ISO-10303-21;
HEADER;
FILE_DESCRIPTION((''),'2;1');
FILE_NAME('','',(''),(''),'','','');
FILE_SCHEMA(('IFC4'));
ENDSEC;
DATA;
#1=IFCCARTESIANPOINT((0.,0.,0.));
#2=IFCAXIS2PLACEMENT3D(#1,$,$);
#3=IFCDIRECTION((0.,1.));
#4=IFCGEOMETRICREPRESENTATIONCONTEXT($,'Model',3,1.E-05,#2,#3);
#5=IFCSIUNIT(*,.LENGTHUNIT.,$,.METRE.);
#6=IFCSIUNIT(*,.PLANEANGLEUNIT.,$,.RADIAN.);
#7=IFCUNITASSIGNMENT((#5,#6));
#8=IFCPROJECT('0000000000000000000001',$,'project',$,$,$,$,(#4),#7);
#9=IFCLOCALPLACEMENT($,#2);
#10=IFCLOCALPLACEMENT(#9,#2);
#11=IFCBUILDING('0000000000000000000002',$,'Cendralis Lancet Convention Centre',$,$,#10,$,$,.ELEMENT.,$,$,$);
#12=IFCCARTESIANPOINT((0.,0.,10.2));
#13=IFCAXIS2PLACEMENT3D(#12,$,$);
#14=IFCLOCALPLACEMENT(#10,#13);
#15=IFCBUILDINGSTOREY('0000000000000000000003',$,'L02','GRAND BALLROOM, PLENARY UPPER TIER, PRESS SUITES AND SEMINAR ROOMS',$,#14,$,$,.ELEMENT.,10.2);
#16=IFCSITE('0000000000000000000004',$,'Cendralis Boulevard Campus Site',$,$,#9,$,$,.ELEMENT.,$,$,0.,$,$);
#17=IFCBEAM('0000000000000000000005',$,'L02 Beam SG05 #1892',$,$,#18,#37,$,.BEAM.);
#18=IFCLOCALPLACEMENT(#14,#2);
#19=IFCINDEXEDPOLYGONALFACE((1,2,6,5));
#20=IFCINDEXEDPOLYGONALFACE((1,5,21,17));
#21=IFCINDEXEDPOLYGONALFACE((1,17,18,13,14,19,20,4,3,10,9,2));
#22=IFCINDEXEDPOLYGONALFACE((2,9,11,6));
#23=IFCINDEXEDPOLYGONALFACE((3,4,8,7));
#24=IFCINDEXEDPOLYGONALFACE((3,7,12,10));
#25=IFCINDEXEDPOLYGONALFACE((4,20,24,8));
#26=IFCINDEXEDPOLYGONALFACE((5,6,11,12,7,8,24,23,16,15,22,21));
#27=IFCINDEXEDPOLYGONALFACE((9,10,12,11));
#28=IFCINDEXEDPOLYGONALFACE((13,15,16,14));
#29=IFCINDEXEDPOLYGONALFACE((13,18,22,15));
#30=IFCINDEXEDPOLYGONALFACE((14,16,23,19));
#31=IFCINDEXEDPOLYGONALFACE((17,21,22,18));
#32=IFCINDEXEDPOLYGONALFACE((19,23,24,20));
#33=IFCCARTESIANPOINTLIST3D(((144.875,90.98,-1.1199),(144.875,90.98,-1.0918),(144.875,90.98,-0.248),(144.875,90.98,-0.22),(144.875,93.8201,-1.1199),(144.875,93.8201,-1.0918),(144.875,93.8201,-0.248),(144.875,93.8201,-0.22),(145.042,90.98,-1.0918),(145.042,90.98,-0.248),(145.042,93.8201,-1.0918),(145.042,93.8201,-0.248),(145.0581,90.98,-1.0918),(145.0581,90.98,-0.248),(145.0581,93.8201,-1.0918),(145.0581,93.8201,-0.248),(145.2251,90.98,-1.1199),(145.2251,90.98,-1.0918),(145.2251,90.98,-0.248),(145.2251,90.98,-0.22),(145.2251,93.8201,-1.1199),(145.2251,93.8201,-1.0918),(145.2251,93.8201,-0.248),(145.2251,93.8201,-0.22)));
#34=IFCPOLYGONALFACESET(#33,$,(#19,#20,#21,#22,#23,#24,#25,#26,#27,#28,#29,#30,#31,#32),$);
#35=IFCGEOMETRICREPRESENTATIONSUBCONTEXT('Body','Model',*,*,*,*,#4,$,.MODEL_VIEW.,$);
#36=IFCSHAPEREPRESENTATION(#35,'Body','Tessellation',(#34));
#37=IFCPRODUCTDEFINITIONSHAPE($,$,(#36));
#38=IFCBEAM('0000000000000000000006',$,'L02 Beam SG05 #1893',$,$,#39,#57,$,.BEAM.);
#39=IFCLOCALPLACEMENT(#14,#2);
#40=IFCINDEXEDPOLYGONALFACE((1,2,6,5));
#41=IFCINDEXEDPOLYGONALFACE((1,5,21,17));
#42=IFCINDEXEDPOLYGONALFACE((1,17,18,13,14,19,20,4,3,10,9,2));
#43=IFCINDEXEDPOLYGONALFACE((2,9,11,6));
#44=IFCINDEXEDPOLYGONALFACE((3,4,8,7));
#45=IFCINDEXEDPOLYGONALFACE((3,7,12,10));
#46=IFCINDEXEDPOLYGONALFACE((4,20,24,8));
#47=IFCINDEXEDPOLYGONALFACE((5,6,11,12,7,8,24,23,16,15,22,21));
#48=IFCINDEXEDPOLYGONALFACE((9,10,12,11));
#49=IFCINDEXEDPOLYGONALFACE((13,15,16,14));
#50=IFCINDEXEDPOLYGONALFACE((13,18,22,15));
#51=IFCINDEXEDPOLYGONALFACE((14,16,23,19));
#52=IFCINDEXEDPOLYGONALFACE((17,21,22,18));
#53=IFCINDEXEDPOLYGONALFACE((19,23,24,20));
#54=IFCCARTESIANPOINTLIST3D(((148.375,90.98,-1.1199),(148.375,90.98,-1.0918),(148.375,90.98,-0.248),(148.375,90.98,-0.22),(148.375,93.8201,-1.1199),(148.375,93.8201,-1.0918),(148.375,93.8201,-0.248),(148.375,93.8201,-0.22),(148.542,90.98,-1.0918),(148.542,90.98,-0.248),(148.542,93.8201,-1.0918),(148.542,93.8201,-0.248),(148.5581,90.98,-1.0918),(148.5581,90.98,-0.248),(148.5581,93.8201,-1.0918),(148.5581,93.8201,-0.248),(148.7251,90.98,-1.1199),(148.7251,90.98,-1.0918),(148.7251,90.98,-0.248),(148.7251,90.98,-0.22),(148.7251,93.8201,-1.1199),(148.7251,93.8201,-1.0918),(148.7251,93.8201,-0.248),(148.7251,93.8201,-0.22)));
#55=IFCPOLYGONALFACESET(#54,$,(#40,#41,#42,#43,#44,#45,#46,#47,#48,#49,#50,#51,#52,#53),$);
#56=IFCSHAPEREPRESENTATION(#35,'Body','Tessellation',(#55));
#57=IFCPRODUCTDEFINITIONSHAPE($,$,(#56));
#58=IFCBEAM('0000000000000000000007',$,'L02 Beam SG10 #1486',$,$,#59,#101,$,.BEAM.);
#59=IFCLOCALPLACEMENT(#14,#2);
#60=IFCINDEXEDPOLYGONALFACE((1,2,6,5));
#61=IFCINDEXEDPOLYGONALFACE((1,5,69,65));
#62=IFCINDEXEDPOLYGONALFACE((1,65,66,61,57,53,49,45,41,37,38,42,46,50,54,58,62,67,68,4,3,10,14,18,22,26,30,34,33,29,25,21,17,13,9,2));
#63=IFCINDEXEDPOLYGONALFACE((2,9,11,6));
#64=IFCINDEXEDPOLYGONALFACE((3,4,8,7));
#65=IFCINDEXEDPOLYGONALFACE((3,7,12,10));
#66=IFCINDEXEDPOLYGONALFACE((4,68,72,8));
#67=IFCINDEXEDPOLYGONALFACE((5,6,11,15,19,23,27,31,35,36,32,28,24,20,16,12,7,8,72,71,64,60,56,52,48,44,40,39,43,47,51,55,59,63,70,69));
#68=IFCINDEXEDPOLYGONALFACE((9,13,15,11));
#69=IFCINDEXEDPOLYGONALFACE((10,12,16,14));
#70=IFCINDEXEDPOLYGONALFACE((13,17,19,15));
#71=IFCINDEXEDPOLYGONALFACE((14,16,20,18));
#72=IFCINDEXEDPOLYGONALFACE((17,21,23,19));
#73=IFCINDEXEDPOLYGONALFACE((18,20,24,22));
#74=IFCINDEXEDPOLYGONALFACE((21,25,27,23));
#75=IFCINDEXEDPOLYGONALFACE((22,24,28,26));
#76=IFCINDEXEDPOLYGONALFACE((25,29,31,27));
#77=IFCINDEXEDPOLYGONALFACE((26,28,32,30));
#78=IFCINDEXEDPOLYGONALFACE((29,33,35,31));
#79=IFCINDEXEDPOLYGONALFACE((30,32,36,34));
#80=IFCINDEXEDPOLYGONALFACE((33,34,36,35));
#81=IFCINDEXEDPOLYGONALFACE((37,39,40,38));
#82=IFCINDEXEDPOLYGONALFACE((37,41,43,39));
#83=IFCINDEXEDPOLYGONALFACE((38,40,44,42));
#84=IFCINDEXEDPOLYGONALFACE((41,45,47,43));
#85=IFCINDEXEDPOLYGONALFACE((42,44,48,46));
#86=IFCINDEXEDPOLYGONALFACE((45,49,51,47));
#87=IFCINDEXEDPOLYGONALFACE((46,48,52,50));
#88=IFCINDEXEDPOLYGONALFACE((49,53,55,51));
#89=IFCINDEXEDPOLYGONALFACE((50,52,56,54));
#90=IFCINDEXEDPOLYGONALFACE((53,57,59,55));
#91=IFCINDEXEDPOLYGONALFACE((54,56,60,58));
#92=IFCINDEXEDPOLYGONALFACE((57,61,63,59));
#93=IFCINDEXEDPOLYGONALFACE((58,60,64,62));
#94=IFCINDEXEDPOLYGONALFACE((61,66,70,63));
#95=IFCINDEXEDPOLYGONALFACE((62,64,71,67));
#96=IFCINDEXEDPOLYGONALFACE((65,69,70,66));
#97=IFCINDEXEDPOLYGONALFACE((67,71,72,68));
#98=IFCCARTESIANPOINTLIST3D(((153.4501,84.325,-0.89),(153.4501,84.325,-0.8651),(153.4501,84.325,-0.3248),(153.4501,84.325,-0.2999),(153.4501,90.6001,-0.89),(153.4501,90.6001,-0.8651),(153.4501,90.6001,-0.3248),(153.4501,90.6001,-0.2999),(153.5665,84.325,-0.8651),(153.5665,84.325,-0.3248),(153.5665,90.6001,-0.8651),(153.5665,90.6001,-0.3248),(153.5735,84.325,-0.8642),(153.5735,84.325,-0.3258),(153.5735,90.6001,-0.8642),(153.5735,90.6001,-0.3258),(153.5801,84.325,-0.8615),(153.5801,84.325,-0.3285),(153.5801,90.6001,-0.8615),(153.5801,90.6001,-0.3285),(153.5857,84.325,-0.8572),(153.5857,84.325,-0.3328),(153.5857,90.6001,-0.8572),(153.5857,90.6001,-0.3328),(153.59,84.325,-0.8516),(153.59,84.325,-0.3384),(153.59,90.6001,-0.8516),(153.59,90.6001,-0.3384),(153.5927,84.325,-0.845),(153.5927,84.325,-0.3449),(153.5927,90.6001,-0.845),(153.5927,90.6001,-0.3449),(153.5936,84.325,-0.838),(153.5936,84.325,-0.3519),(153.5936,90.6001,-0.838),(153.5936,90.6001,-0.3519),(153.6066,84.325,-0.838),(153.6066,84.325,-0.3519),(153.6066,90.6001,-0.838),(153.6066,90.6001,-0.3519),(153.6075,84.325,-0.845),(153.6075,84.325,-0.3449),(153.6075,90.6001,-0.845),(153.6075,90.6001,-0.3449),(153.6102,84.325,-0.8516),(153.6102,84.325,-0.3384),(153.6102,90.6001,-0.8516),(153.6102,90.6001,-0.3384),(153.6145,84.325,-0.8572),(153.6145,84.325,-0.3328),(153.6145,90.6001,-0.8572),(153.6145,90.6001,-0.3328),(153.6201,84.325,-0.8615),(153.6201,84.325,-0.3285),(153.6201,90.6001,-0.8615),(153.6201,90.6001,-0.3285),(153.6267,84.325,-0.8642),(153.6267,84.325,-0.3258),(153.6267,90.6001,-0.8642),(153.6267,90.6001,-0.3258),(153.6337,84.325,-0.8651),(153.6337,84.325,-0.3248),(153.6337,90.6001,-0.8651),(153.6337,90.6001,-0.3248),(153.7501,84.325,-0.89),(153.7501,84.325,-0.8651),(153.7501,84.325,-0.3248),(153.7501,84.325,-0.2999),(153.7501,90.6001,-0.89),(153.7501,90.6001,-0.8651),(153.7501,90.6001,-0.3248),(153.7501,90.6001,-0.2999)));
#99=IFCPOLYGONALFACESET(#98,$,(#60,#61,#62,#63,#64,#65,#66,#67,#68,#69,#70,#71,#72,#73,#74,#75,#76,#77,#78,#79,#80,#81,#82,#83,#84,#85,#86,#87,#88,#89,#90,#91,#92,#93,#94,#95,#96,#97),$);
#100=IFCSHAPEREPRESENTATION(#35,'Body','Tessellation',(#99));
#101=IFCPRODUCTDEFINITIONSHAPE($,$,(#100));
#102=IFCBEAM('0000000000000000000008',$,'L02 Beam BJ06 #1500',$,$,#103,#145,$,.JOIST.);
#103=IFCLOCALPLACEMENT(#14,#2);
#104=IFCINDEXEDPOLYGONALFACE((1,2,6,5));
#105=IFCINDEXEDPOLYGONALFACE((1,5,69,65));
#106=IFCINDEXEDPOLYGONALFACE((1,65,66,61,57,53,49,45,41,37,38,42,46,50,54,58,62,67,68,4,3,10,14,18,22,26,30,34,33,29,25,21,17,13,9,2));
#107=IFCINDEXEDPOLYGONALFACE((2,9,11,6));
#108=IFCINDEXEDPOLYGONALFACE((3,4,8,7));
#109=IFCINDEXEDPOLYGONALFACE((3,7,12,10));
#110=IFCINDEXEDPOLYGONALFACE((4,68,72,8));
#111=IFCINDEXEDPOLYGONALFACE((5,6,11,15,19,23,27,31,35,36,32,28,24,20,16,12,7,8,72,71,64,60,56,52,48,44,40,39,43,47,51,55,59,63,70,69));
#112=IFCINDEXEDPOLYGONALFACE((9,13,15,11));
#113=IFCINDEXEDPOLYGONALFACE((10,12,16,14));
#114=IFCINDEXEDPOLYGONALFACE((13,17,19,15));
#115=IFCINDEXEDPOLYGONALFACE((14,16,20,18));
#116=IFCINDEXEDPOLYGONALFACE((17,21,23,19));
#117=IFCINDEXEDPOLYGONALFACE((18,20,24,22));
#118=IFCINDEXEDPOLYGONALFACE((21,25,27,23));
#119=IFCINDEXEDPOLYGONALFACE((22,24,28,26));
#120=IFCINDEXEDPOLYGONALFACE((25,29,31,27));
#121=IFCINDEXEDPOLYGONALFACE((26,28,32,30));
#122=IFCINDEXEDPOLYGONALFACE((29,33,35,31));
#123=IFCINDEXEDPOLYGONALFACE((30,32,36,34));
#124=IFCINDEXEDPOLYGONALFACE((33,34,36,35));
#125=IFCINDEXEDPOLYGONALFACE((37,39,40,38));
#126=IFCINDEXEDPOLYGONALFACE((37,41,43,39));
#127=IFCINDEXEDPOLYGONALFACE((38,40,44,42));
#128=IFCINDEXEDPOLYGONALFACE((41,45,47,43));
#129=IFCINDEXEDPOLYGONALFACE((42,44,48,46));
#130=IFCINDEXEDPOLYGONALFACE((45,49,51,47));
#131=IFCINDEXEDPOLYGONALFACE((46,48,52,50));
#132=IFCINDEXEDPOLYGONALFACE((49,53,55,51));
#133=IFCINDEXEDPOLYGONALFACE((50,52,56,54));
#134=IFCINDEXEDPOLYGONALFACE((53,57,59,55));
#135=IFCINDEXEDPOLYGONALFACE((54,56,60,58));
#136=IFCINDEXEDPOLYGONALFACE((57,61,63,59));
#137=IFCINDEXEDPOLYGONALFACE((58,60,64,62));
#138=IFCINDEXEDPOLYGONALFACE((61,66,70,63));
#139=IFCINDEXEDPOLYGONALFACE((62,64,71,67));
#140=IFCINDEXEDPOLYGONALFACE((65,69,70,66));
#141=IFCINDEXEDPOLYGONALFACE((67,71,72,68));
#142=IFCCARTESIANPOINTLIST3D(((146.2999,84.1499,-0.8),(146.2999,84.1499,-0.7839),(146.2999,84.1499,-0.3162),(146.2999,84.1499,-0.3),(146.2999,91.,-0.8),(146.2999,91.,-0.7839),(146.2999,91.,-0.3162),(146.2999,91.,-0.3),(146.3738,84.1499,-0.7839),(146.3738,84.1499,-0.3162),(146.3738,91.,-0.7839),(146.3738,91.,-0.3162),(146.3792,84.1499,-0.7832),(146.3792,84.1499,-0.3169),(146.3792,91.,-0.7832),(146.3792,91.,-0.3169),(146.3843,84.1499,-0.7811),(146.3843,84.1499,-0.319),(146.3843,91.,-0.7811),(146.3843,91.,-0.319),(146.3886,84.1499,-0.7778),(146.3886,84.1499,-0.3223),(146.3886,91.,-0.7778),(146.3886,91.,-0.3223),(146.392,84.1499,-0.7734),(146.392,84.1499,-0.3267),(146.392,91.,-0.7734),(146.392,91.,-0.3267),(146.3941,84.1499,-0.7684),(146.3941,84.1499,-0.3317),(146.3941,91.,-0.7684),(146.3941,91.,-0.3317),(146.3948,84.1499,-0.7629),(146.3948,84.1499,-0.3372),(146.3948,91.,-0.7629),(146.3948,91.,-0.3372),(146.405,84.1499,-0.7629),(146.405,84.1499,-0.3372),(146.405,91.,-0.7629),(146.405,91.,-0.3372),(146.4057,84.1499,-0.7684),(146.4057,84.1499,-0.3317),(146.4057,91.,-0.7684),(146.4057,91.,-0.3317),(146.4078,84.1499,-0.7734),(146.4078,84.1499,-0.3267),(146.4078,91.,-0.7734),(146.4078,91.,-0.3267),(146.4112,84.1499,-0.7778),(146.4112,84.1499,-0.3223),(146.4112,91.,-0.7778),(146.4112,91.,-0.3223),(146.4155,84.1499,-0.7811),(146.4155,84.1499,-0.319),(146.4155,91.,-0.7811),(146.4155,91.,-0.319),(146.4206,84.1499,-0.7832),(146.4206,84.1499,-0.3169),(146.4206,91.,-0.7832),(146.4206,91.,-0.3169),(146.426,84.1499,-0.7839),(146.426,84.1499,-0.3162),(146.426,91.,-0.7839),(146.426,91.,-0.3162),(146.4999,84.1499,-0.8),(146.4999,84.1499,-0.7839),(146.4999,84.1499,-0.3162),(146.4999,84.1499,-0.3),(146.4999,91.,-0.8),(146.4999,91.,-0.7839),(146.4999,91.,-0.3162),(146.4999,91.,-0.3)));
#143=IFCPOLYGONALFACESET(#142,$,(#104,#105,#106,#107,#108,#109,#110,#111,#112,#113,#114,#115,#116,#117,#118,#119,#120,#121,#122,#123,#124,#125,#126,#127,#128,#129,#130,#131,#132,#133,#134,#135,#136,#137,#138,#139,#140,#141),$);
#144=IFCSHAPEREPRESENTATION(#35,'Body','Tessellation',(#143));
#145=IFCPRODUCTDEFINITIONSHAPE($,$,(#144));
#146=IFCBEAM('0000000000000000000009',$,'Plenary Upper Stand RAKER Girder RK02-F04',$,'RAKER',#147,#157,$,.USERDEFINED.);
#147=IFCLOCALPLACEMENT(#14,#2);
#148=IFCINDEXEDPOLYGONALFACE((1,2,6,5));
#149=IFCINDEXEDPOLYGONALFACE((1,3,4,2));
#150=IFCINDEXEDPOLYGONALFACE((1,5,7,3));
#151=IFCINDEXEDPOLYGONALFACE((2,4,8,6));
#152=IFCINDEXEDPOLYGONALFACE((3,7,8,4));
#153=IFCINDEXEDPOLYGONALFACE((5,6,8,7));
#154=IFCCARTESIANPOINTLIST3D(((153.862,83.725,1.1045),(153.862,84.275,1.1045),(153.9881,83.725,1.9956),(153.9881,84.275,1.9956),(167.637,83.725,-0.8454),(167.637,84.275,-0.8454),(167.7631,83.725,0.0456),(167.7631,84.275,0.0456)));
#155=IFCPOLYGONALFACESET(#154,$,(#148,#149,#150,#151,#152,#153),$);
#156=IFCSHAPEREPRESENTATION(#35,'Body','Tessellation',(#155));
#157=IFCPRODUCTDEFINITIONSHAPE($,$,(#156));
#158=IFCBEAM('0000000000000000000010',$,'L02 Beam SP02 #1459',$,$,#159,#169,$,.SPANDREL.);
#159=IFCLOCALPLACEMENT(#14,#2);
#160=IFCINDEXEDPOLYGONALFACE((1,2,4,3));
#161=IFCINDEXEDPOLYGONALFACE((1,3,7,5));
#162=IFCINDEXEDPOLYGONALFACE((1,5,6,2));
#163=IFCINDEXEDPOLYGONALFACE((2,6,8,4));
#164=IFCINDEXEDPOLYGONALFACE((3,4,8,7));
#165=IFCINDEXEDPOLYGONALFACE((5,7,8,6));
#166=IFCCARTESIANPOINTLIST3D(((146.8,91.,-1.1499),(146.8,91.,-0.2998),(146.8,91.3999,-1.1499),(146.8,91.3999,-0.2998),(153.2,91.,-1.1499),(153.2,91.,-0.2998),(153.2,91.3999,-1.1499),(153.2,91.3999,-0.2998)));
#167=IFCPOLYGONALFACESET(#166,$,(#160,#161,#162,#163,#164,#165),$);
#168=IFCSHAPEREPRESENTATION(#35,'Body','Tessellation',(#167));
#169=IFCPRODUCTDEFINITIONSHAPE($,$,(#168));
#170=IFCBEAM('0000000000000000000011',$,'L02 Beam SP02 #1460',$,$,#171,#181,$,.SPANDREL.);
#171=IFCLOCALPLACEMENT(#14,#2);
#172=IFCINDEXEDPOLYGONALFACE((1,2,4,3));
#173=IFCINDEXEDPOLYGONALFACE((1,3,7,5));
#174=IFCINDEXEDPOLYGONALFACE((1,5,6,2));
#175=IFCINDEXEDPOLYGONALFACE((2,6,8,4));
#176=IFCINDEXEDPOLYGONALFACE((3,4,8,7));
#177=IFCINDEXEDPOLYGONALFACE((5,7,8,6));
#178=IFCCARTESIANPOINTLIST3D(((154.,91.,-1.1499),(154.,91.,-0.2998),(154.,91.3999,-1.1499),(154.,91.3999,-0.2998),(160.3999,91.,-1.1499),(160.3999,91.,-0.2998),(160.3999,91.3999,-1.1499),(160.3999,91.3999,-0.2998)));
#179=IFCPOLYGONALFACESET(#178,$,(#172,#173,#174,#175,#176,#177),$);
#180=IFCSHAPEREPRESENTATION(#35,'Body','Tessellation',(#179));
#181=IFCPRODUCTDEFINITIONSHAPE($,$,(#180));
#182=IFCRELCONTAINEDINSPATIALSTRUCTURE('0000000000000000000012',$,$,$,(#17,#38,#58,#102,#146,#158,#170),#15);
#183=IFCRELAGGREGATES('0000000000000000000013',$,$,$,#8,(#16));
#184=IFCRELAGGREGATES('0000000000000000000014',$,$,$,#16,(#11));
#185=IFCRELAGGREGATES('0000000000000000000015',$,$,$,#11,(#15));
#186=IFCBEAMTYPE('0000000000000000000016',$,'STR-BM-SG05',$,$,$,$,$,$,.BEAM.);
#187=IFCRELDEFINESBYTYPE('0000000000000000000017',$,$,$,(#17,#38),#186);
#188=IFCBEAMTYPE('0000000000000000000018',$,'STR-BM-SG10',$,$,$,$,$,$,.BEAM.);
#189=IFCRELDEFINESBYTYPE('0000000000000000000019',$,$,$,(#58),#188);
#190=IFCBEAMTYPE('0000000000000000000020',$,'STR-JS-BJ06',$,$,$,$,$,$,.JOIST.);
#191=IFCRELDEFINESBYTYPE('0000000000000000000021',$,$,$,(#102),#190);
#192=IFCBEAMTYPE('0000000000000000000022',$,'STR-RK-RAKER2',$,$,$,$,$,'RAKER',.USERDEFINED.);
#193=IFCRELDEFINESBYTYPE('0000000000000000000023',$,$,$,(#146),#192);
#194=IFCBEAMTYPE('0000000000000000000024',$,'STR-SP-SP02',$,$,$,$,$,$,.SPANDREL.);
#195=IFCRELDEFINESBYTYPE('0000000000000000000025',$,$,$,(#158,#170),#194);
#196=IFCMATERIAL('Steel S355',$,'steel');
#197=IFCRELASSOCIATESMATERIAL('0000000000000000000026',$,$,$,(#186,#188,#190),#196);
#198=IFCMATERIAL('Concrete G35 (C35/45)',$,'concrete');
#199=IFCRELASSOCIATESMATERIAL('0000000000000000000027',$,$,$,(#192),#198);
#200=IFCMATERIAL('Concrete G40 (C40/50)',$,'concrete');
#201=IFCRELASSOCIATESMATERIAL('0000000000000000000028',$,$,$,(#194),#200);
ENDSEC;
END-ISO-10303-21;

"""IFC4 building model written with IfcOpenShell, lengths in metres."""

from ifc_helpers import new_model, si_unit, direction, frame, origin, origin_2d, place, context, subcontext, project, spatial, rectangle, i_section, extrude, material, material_profile, profile_set, type_object, element, save


model = new_model("IFC4")

# Units and contexts
model_context = context("Model", 3, precision=1e-05, world=origin(), true_north=direction((0.0, 1.0)))
body_context = subcontext(model_context, "Body", "Model", "MODEL_VIEW")
ifc_project = project(units=[si_unit("LENGTHUNIT", "METRE"), si_unit("PLANEANGLEUNIT", "RADIAN")], contexts=[model_context])

# Site, building, storey
site_placement = place(None, origin())
site = spatial("IfcSite", under=ifc_project, at=site_placement, Name="Cendralis Boulevard Campus Site", CompositionType="ELEMENT", RefElevation=0.0)
building_placement = place(site_placement, origin())
building = spatial("IfcBuilding", under=site, at=building_placement, Name="Cendralis Lancet Convention Centre", CompositionType="ELEMENT")
storey_placement = place(building_placement, frame((0.0, 0.0, 10.2)))
storey = spatial("IfcBuildingStorey", under=building, at=storey_placement, Name="L02", Description="GRAND BALLROOM, PLENARY UPPER TIER, PRESS SUITES AND SEMINAR ROOMS", CompositionType="ELEMENT", Elevation=10.2)

# Shared definitions
ifc_material_1 = material(Name="Concrete G40 (C40/50)", Category="concrete")
ifc_material_2 = material(Name="Steel S355", Category="steel")

# Beams
ifc_material_profile_1 = material_profile(ifc_material_2, i_section(OverallWidth=0.3501, OverallDepth=0.8999, WebThickness=0.0161, FlangeThickness=0.0281, at=origin_2d()), Name="PG 900x350")
ifc_profile_set_1 = profile_set([ifc_material_profile_1], Name="Steel S355")
beam_type_1 = type_object("IfcBeamType", Name="STR-BM-SG05", PredefinedType="BEAM", material=ifc_profile_set_1)
for number, where, z_axis, x_axis, name in (
    (1, (145.05, 90.98, -0.6699), (0.0, 1.0, 0.0), (-1.0, 0.0, 0.0), "L02 Beam SG05 #1892"),
    (2, (148.55, 90.98, -0.6699), (0.0, 1.0, 0.0), (-1.0, 0.0, 0.0), "L02 Beam SG05 #1893"),
):
    element("IfcBeam", number, at=place(storey_placement, frame(where, z_axis=z_axis, x_axis=x_axis)), inside=storey, type_object=beam_type_1, Name=name, PredefinedType="BEAM", context=body_context, shape_type="SweptSolid", body=[
        extrude(i_section(OverallWidth=0.3501, OverallDepth=0.8999, WebThickness=0.0161, FlangeThickness=0.0281, at=origin_2d()), origin(), (0.0, 0.0, 1.0), 2.8401),
    ])
ifc_material_profile_2 = material_profile(ifc_material_2, i_section(OverallWidth=0.3, OverallDepth=0.5901, WebThickness=0.0129, FlangeThickness=0.0249, FilletRadius=0.0271, at=origin_2d()), Name="HEA 600")
ifc_profile_set_2 = profile_set([ifc_material_profile_2], Name="Steel S355")
beam_type_2 = type_object("IfcBeamType", Name="STR-BM-SG10", PredefinedType="BEAM", material=ifc_profile_set_2)
beam_1_placement = place(storey_placement, frame((153.6001, 84.325, -0.595), z_axis=(0.0, 1.0, 0.0), x_axis=(-1.0, 0.0, 0.0)))
element("IfcBeam", 3, at=beam_1_placement, inside=storey, type_object=beam_type_2, Name="L02 Beam SG10 #1486", PredefinedType="BEAM", context=body_context, shape_type="SweptSolid", body=[
    extrude(i_section(OverallWidth=0.3, OverallDepth=0.5901, WebThickness=0.0129, FlangeThickness=0.0249, FilletRadius=0.0271, at=origin_2d()), origin(), (0.0, 0.0, 1.0), 6.2751),
])
ifc_material_profile_3 = material_profile(ifc_material_2, i_section(OverallWidth=0.2, OverallDepth=0.5, WebThickness=0.0103, FlangeThickness=0.0161, FilletRadius=0.021, at=origin_2d()), Name="IPE 500")
ifc_profile_set_3 = profile_set([ifc_material_profile_3], Name="Steel S355")
beam_type_3 = type_object("IfcBeamType", Name="STR-JS-BJ06", PredefinedType="JOIST", material=ifc_profile_set_3)
beam_2_placement = place(storey_placement, frame((146.3999, 84.1499, -0.55), z_axis=(0.0, 1.0, 0.0), x_axis=(-1.0, 0.0, 0.0)))
element("IfcBeam", 4, at=beam_2_placement, inside=storey, type_object=beam_type_3, Name="L02 Beam BJ06 #1500", PredefinedType="JOIST", context=body_context, shape_type="SweptSolid", body=[
    extrude(i_section(OverallWidth=0.2, OverallDepth=0.5, WebThickness=0.0103, FlangeThickness=0.0161, FilletRadius=0.021, at=origin_2d()), origin(), (0.0, 0.0, 1.0), 6.8501),
])
ifc_material_3 = material(Name="Concrete G35 (C35/45)", Category="concrete")
ifc_material_profile_4 = material_profile(ifc_material_3, rectangle(XDim=0.55, YDim=0.8999, at=origin_2d()), Name="RCB 550x900")
ifc_profile_set_4 = profile_set([ifc_material_profile_4], Name="Concrete G35 (C35/45)")
beam_type_4 = type_object("IfcBeamType", Name="STR-RK-RAKER2", ElementType="RAKER", PredefinedType="USERDEFINED", material=ifc_profile_set_4)
beam_3_placement = place(storey_placement, frame((153.925, 84.0, 1.55), z_axis=(0.990129, 0.0, -0.140161), x_axis=(0.0, 1.0, 0.0)))
element("IfcBeam", 5, at=beam_3_placement, inside=storey, type_object=beam_type_4, Name="Plenary Upper Stand RAKER Girder RK02-F04", ObjectType="RAKER", PredefinedType="USERDEFINED", context=body_context, shape_type="SweptSolid", body=[
    extrude(rectangle(XDim=0.55, YDim=0.8999, at=origin_2d()), origin(), (0.0, 0.0, 1.0), 13.9124),
])
ifc_material_profile_5 = material_profile(ifc_material_1, rectangle(XDim=0.3999, YDim=0.8501, at=origin_2d()), Name="RCB 400x850")
ifc_profile_set_5 = profile_set([ifc_material_profile_5], Name="Concrete G40 (C40/50)")
beam_type_5 = type_object("IfcBeamType", Name="STR-SP-SP02", PredefinedType="SPANDREL", material=ifc_profile_set_5)
for number, where, z_axis, x_axis, name in (
    (6, (146.8, 91.2, -0.7249), (1.0, 0.0, 0.0), (0.0, 1.0, 0.0), "L02 Beam SP02 #1459"),
    (7, (154.0, 91.2, -0.7249), (1.0, 0.0, 0.0), (0.0, 1.0, 0.0), "L02 Beam SP02 #1460"),
):
    element("IfcBeam", number, at=place(storey_placement, frame(where, z_axis=z_axis, x_axis=x_axis)), inside=storey, type_object=beam_type_5, Name=name, PredefinedType="SPANDREL", context=body_context, shape_type="SweptSolid", body=[
        extrude(rectangle(XDim=0.3999, YDim=0.8501, at=origin_2d()), origin(), (0.0, 0.0, 1.0), 6.3999),
    ])

save(model, "model.ifc")
